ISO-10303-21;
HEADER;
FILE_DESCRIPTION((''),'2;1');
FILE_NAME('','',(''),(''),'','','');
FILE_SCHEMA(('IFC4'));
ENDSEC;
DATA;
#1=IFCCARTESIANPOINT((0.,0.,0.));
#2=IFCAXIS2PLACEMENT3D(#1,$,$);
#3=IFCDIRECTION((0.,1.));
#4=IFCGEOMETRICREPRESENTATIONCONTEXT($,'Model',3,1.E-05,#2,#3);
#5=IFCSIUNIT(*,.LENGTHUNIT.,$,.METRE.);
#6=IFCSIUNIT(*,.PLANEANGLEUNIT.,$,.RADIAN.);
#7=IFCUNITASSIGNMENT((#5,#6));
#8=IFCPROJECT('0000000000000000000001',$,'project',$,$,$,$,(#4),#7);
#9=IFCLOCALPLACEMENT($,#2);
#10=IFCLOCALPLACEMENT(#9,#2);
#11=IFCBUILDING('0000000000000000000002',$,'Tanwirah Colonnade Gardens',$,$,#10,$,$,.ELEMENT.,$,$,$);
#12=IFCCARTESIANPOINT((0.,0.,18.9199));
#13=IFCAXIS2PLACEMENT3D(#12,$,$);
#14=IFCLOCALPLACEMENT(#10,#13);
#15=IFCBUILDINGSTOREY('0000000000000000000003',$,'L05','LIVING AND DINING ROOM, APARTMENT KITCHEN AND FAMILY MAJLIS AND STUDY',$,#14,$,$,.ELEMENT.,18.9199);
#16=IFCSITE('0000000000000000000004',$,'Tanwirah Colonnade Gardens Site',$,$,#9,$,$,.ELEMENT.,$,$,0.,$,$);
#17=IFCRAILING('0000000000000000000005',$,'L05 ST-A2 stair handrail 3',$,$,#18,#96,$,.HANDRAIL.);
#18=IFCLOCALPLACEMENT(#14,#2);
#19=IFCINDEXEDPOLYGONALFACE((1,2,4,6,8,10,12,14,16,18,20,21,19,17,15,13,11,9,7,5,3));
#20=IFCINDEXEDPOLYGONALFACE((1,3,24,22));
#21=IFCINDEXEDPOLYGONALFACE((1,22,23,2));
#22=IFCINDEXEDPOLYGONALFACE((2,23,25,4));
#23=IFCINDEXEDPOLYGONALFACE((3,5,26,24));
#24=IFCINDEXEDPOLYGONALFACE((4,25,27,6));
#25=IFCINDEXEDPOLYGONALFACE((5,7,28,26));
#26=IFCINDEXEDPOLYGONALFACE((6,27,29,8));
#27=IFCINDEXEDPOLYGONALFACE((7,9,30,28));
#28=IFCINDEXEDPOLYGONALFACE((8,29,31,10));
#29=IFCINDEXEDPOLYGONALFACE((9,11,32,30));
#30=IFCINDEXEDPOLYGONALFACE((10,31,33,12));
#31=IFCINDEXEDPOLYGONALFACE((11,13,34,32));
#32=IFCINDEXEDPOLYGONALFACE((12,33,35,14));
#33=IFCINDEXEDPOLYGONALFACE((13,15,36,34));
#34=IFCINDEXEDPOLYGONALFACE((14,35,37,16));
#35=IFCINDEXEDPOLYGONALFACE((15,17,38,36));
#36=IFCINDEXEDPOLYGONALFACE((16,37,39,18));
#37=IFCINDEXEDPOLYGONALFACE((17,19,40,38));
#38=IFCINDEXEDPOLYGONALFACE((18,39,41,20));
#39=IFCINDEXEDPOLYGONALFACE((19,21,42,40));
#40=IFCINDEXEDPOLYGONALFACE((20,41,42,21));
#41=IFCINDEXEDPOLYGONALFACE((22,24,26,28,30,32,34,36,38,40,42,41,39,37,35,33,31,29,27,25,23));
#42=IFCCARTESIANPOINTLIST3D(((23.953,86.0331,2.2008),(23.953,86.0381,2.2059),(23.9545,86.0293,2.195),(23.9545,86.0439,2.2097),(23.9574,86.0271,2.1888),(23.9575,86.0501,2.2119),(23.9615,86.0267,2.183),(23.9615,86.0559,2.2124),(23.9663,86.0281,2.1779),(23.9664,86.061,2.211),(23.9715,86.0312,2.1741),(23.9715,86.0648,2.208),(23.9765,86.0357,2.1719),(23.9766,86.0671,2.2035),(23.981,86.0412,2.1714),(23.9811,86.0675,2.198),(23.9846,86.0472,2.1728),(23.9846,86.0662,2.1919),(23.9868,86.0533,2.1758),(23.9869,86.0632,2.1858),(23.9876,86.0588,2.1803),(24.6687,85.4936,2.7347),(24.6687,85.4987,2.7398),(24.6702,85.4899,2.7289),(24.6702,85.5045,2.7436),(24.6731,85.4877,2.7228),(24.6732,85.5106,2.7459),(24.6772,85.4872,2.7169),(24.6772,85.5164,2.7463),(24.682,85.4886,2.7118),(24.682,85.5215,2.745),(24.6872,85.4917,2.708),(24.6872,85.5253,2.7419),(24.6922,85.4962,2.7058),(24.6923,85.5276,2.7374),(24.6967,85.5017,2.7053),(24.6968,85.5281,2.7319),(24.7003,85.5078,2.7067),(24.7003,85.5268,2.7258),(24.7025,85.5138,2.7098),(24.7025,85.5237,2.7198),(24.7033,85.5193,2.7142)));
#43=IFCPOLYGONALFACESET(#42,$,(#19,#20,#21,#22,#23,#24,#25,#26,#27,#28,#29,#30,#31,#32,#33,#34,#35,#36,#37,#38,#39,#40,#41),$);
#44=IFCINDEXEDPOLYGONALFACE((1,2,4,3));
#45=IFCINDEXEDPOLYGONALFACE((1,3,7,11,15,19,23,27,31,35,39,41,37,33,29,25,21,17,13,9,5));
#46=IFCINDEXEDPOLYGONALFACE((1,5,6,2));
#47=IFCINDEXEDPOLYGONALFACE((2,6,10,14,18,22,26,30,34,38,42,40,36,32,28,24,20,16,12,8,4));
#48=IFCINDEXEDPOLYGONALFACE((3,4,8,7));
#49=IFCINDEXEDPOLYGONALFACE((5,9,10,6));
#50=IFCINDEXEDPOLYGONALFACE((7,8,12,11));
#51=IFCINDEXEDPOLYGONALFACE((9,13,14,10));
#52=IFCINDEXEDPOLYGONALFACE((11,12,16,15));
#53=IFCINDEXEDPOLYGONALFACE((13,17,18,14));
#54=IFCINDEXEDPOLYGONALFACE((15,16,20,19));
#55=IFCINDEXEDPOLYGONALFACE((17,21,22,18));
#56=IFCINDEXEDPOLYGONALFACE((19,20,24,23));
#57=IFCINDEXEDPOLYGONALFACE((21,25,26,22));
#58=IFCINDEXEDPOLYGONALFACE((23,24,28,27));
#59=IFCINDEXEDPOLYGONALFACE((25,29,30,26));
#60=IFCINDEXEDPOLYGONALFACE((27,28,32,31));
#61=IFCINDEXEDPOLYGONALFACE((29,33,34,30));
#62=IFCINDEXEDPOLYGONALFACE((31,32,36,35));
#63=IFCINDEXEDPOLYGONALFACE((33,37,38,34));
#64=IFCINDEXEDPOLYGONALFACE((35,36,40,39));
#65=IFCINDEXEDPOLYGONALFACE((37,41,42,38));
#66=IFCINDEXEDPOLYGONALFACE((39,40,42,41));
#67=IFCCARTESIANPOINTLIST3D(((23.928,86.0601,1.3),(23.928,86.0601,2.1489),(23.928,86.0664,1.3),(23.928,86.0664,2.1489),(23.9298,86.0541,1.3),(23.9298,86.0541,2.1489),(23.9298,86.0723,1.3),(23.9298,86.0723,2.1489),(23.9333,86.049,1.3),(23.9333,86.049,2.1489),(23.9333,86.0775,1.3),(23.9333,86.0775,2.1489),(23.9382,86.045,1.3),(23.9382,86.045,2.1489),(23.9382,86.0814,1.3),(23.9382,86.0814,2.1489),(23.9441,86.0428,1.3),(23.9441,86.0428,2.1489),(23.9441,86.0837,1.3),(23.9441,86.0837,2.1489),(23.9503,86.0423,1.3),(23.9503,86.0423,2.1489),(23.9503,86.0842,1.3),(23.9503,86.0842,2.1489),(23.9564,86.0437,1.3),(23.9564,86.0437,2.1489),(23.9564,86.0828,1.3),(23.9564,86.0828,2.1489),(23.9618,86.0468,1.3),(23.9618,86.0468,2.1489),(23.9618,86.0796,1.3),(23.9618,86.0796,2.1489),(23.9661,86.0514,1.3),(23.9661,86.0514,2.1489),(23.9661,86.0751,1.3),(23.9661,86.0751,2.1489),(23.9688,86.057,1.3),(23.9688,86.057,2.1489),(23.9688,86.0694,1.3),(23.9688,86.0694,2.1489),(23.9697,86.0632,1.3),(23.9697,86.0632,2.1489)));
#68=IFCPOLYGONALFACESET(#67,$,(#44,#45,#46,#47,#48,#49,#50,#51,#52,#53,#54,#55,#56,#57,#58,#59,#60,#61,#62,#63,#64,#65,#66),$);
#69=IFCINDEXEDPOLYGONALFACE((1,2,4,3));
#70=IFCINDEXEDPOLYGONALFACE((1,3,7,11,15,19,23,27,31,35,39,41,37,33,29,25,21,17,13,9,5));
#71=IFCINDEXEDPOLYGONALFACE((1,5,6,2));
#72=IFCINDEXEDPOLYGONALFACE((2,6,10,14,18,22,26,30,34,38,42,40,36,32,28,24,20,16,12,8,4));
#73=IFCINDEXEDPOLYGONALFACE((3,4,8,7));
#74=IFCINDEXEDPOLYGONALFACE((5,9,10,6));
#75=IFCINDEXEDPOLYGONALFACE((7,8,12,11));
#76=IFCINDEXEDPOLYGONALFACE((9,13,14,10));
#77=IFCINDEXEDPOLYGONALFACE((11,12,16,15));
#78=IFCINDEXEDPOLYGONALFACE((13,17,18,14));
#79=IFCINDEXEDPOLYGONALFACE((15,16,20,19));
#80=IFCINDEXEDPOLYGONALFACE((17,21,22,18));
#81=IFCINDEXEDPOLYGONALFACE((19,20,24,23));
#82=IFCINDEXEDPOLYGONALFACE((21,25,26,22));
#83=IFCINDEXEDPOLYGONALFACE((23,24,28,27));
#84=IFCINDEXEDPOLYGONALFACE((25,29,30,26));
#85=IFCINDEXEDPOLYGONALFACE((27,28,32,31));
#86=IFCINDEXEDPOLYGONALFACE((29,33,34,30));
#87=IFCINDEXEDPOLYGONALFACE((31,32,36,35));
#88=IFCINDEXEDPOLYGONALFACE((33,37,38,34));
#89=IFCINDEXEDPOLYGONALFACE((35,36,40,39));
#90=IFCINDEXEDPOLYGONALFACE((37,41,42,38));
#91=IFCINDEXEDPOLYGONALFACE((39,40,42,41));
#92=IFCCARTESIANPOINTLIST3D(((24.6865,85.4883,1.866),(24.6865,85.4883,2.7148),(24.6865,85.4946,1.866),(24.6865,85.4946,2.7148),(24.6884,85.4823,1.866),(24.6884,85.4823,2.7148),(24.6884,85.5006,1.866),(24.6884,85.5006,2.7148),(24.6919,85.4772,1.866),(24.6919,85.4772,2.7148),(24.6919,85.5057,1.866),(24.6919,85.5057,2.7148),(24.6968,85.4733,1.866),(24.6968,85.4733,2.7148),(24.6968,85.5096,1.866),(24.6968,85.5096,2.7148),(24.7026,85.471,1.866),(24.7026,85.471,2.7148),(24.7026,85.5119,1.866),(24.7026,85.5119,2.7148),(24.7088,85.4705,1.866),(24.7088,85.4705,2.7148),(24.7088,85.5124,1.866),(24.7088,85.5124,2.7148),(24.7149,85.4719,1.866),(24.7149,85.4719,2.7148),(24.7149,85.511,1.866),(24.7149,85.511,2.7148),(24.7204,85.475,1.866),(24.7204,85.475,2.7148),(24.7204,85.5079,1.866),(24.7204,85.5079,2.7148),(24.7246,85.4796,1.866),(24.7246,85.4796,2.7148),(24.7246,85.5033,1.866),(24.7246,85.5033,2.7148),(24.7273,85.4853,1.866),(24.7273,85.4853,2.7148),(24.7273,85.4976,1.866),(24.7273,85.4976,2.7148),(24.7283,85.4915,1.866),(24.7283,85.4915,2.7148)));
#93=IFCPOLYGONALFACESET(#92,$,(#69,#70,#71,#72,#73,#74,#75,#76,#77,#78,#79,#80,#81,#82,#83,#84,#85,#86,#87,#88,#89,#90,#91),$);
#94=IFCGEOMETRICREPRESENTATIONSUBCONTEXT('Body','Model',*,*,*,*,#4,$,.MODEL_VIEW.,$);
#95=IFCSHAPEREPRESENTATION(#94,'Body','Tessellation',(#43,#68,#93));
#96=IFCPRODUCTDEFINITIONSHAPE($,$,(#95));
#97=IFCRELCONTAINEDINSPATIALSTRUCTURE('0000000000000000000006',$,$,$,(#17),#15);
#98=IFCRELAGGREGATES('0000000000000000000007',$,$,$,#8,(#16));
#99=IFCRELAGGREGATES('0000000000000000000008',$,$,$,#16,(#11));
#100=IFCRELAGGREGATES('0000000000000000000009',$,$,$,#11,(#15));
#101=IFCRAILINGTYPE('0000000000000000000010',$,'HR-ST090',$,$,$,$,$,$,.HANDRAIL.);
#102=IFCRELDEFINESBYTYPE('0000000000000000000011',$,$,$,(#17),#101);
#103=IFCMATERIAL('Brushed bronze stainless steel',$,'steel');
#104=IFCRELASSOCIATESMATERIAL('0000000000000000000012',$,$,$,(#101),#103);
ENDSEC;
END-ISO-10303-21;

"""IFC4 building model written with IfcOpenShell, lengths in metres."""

from ifc_helpers import new_model, si_unit, direction, frame, origin, origin_2d, place, context, subcontext, project, spatial, circle, extrude, material, type_object, element, save


model = new_model("IFC4")

# Units and contexts
model_context = context("Model", 3, precision=1e-05, world=origin(), true_north=direction((0.0, 1.0)))
body_context = subcontext(model_context, "Body", "Model", "MODEL_VIEW")
ifc_project = project(units=[si_unit("LENGTHUNIT", "METRE"), si_unit("PLANEANGLEUNIT", "RADIAN")], contexts=[model_context])

# Site, building, storey
site_placement = place(None, origin())
site = spatial("IfcSite", under=ifc_project, at=site_placement, Name="Tanwirah Colonnade Gardens Site", CompositionType="ELEMENT", RefElevation=0.0)
building_placement = place(site_placement, origin())
building = spatial("IfcBuilding", under=site, at=building_placement, Name="Tanwirah Colonnade Gardens", CompositionType="ELEMENT")
storey_placement = place(building_placement, frame((0.0, 0.0, 18.9199)))
storey = spatial("IfcBuildingStorey", under=building, at=storey_placement, Name="L05", Description="LIVING AND DINING ROOM, APARTMENT KITCHEN AND FAMILY MAJLIS AND STUDY", CompositionType="ELEMENT", Elevation=18.9199)

# Railing
ifc_material_1 = material(Name="Brushed bronze stainless steel", Category="steel")
railing_type_1 = type_object("IfcRailingType", Name="HR-ST090", PredefinedType="HANDRAIL", material=ifc_material_1)
railing_1_placement = place(storey_placement, frame((23.9487, 86.0632, 1.3)))
element("IfcRailing", 1, at=railing_1_placement, inside=storey, type_object=railing_type_1, Name="L05 ST-A2 stair handrail 3", PredefinedType="HANDRAIL", context=body_context, shape_type="SweptSolid", body=[
    extrude(circle(Radius=0.0239, at=origin_2d()), frame((0.0215, -0.0161, 0.8918), z_axis=(0.686028, -0.517116, 0.511817), x_axis=(0.601931, 0.798548, 0.0)), (0.0, 0.0, 1.0), 1.0432),
    extrude(circle(Radius=0.021, at=origin_2d()), origin(), (0.0, 0.0, 1.0), 0.8489),
    extrude(circle(Radius=0.021, at=origin_2d()), frame((0.7585, -0.5718, 0.5659)), (0.0, 0.0, 1.0), 0.8489),
])

save(model, "model.ifc")
